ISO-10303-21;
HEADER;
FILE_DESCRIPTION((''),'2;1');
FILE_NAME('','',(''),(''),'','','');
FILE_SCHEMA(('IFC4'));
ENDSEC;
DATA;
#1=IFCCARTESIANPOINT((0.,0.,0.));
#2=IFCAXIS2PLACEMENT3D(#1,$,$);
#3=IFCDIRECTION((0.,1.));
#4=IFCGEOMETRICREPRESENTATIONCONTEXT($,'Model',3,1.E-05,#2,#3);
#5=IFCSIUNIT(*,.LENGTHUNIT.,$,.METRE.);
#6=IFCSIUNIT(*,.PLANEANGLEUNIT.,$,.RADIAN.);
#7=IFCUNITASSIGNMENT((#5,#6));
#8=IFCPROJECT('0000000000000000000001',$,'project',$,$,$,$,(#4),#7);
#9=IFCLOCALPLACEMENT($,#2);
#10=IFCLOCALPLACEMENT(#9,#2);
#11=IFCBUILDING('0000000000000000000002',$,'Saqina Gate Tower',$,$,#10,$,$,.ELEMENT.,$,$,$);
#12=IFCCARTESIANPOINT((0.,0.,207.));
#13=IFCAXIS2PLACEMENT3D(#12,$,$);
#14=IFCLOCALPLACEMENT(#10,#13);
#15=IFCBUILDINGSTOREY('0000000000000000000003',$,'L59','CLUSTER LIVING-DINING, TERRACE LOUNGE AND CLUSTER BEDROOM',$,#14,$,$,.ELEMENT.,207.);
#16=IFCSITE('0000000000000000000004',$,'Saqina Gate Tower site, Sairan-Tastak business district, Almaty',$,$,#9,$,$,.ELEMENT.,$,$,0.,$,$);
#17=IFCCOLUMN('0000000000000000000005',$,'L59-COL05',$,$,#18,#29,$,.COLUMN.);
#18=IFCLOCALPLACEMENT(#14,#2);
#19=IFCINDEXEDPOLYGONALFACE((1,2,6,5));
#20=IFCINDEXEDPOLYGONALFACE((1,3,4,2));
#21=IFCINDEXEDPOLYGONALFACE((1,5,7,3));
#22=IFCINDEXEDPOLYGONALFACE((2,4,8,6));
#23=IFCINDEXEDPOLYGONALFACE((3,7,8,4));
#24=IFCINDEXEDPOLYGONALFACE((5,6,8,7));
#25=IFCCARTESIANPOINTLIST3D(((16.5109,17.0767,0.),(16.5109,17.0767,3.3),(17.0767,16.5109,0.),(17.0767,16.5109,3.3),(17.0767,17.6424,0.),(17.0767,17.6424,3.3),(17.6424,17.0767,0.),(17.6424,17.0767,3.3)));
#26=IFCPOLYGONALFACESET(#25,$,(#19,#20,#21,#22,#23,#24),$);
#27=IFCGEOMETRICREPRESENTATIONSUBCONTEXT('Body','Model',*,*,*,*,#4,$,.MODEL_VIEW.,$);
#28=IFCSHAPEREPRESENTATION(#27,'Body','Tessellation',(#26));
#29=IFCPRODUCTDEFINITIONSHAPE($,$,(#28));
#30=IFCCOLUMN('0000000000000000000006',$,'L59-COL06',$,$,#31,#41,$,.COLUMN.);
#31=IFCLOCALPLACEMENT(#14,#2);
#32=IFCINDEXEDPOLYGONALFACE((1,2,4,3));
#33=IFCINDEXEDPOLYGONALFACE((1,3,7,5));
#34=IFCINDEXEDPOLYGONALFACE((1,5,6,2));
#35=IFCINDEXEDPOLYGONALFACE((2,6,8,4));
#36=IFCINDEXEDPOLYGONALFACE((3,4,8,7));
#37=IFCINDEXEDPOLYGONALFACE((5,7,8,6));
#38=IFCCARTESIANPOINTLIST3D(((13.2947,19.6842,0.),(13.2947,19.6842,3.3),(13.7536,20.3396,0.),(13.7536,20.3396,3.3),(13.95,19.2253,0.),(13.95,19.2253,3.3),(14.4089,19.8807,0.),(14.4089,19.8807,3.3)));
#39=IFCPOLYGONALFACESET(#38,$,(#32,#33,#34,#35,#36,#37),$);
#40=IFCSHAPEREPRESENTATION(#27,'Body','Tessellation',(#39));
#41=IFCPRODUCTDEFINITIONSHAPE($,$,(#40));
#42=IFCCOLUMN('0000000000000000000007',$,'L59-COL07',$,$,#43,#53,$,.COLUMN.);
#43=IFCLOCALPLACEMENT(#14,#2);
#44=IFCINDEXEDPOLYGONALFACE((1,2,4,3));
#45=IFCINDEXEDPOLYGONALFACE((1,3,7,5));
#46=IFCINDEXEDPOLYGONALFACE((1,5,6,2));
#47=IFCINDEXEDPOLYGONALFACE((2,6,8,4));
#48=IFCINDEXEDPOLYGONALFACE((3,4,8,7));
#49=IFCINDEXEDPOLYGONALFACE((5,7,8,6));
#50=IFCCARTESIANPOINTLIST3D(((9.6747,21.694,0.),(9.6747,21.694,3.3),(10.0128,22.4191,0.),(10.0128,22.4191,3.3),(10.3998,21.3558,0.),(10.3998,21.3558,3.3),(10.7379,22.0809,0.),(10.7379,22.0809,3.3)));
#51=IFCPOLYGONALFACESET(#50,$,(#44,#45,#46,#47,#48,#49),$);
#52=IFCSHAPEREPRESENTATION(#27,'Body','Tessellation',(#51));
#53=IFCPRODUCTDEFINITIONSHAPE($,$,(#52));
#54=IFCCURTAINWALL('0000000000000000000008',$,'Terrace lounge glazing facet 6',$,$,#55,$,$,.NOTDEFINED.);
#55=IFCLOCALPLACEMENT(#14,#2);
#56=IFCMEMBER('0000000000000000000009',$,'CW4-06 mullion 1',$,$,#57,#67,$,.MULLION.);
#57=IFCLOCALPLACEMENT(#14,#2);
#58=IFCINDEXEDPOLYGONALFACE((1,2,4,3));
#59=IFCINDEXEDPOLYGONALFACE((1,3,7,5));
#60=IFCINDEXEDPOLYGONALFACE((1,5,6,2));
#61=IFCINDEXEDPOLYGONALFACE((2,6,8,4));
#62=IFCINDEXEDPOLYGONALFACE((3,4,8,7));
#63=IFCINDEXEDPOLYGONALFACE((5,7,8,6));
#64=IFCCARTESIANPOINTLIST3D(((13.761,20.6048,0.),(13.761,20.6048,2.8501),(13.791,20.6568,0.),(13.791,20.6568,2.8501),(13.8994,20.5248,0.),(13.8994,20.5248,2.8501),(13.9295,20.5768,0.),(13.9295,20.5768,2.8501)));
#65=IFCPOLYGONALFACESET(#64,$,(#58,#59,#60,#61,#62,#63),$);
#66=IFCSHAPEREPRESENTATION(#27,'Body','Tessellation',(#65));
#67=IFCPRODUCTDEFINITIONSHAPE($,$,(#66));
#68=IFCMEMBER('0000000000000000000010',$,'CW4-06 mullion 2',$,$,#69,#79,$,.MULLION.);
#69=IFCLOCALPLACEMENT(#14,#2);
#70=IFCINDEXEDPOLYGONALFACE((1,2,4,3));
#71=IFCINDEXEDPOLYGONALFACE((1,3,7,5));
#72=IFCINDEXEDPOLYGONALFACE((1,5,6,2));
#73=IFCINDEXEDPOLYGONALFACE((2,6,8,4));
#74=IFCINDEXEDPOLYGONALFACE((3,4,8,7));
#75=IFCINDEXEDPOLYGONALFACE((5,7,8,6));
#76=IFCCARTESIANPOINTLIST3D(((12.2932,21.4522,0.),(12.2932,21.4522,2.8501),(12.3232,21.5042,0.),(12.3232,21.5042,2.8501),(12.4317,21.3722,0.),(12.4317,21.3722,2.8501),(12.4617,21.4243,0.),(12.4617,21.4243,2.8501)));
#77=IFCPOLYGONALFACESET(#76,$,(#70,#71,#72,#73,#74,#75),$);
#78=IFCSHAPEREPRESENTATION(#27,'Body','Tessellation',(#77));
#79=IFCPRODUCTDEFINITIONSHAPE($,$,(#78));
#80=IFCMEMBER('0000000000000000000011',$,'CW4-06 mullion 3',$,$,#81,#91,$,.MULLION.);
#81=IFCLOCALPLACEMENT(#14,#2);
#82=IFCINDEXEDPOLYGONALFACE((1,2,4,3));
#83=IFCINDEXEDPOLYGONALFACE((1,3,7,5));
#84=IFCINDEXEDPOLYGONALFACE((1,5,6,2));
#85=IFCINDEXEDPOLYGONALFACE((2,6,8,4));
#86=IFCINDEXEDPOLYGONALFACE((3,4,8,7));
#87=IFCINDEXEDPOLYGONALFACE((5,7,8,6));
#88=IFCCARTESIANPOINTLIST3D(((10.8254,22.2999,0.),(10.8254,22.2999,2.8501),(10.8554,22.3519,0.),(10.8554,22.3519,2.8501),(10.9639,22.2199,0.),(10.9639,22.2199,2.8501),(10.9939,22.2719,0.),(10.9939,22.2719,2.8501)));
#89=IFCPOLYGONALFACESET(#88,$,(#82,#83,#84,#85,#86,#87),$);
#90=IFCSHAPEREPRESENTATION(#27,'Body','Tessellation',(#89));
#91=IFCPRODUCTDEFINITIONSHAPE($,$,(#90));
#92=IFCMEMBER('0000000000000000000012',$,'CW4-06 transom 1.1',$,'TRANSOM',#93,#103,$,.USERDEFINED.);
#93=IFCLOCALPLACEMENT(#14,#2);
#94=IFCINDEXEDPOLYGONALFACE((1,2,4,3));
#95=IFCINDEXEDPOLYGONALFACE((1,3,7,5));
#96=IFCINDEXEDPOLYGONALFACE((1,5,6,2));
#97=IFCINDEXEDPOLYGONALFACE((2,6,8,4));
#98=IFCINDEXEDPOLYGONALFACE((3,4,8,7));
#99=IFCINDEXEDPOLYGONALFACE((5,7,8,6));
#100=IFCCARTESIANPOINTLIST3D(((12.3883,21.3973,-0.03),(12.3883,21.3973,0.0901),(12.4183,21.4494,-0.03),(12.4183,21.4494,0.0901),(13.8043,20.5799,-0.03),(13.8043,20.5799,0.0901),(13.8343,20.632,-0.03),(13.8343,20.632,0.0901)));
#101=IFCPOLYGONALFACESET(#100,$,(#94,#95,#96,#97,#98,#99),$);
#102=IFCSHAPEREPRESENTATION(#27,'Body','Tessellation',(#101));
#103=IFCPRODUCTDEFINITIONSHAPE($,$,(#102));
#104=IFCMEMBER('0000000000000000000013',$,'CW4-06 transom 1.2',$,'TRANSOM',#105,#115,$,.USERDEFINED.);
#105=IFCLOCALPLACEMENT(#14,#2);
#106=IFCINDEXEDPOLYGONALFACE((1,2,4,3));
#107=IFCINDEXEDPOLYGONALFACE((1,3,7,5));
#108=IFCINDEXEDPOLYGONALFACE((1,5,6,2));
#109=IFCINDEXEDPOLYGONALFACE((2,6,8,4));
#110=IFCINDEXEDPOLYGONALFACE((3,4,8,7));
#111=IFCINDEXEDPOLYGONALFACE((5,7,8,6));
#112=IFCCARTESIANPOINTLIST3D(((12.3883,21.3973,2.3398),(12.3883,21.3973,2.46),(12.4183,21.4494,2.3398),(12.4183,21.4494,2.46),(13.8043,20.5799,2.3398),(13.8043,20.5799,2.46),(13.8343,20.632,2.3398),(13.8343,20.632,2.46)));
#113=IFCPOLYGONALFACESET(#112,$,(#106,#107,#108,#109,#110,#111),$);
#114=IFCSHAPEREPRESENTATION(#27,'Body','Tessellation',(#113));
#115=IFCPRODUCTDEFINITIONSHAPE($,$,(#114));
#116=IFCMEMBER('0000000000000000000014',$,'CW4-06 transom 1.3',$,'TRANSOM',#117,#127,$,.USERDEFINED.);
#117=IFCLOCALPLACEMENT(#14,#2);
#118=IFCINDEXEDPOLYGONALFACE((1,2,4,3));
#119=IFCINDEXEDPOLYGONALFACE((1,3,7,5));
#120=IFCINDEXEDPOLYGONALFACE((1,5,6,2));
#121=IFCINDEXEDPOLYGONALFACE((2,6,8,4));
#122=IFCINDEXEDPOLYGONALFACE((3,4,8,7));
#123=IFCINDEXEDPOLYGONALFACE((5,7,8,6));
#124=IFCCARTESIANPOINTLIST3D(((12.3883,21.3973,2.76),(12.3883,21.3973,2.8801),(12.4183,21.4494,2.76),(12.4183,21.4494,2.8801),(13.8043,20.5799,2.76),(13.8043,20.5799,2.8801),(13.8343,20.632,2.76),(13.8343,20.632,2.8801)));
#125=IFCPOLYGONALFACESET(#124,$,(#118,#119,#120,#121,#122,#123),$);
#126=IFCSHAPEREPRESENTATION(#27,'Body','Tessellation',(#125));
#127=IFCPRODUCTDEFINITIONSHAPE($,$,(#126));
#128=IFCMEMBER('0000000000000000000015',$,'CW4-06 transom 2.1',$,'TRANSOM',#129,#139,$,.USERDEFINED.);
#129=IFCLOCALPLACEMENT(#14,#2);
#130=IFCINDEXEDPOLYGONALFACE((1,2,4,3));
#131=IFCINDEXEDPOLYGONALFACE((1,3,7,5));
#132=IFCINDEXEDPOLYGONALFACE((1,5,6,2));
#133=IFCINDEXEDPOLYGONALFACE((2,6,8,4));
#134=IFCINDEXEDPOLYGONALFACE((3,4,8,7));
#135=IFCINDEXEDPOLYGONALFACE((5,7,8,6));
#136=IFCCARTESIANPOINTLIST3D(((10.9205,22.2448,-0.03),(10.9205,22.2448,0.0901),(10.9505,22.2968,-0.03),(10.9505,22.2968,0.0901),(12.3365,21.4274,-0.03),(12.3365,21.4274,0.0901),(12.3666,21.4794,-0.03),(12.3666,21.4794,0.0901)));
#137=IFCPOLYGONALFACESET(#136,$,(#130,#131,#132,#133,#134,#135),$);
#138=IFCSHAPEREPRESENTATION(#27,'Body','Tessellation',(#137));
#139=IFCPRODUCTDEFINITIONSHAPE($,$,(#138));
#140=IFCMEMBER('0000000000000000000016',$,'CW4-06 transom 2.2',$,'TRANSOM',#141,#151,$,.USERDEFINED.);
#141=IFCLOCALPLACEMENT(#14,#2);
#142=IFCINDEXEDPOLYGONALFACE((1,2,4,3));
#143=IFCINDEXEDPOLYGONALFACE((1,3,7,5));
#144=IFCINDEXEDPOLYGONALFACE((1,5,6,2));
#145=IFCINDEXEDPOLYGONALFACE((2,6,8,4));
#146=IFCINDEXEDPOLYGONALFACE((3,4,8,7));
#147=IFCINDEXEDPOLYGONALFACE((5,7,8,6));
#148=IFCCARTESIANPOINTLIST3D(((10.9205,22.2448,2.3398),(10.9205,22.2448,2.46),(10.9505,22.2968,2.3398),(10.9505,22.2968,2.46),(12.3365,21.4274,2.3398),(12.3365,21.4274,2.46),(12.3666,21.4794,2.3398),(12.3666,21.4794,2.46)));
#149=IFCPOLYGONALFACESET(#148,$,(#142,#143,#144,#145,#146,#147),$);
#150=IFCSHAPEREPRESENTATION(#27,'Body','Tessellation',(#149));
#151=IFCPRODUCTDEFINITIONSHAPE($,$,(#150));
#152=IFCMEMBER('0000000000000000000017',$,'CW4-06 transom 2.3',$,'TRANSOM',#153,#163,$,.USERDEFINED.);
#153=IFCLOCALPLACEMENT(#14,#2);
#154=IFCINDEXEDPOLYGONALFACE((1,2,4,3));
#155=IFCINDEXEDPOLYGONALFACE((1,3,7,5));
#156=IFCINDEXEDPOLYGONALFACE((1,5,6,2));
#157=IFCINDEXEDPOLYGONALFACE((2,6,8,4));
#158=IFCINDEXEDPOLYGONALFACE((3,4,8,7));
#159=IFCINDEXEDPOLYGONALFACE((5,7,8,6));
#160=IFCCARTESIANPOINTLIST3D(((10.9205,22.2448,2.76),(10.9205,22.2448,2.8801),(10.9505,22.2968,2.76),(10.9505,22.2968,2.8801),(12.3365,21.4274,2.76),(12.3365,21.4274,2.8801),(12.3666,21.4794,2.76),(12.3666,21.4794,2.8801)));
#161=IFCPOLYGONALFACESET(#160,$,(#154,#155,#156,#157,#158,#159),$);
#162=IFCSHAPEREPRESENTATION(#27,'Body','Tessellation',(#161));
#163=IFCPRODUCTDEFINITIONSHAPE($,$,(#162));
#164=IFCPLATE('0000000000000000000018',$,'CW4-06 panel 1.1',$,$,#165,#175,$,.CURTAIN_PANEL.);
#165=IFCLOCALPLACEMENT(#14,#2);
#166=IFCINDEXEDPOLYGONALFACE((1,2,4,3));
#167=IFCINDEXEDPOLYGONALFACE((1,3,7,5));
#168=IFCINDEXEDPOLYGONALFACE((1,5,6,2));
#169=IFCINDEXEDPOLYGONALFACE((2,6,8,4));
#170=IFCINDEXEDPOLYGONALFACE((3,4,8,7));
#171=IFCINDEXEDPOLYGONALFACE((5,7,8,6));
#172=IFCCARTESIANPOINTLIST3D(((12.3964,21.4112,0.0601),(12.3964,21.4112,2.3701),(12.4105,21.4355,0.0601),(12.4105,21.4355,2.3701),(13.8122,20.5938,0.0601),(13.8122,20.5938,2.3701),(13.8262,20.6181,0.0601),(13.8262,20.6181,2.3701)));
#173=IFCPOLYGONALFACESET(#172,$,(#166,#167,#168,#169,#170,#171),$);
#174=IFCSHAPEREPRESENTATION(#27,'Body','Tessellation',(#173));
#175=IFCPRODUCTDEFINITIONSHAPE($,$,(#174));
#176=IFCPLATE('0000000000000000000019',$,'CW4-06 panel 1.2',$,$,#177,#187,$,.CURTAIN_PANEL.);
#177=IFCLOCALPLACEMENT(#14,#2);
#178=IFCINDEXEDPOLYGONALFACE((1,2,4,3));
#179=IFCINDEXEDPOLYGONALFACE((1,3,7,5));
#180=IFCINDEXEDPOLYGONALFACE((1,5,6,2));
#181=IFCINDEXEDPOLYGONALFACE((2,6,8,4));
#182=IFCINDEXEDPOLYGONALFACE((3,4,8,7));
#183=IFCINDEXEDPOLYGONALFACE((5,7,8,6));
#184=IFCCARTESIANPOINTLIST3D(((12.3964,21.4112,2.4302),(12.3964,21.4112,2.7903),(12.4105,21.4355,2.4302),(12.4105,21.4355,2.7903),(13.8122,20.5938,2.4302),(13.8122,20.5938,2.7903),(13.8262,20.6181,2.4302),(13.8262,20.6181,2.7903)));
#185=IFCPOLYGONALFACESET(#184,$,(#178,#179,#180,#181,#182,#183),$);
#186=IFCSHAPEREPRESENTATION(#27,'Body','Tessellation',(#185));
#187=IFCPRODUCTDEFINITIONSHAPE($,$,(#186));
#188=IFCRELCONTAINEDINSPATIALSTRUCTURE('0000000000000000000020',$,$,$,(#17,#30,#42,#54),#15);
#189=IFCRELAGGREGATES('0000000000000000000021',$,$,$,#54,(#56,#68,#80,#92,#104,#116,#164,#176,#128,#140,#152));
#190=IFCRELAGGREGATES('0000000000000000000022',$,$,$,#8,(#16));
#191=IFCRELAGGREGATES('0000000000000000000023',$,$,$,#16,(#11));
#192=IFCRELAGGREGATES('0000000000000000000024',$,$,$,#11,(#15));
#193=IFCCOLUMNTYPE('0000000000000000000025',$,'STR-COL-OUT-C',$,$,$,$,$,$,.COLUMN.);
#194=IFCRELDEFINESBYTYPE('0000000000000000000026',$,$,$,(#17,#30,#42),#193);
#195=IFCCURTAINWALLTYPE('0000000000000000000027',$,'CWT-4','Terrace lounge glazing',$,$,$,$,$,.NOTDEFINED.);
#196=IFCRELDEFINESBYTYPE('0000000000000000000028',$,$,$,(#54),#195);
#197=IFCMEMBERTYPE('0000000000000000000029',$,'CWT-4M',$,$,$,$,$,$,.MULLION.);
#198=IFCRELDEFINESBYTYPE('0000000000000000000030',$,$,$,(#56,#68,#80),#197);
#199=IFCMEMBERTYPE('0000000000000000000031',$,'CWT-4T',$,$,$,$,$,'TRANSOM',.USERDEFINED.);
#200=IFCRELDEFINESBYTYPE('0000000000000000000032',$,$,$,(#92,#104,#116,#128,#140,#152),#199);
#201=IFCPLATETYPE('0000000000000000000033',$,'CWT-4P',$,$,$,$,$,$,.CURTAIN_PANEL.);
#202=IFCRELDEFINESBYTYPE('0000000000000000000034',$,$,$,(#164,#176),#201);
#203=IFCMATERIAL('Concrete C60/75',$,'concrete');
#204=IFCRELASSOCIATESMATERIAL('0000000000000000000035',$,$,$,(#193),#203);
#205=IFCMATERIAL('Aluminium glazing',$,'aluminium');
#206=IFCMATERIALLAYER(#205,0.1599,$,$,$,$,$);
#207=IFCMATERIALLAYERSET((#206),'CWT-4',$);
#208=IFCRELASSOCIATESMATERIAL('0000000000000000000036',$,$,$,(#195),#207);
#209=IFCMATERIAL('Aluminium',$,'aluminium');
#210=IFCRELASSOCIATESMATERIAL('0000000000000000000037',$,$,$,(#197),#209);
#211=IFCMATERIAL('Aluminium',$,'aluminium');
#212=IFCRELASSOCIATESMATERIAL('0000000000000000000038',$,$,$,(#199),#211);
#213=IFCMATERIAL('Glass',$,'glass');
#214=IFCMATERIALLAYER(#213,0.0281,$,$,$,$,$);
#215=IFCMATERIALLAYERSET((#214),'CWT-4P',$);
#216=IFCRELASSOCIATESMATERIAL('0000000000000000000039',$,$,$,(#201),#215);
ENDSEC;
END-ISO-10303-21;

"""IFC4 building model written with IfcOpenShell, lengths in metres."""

from ifc_helpers import new_model, si_unit, direction, frame, origin, origin_2d, place, context, subcontext, project, spatial, rectangle, extrude, material, layer, layer_set, material_profile, profile_set, type_object, element, aggregate, save


model = new_model("IFC4")

# Units and contexts
model_context = context("Model", 3, precision=1e-05, world=origin(), true_north=direction((0.0, 1.0)))
body_context = subcontext(model_context, "Body", "Model", "MODEL_VIEW")
ifc_project = project(units=[si_unit("LENGTHUNIT", "METRE"), si_unit("PLANEANGLEUNIT", "RADIAN")], contexts=[model_context])

# Site, building, storey
site_placement = place(None, origin())
site = spatial("IfcSite", under=ifc_project, at=site_placement, Name="Saqina Gate Tower site, Sairan-Tastak business district, Almaty", CompositionType="ELEMENT", RefElevation=0.0)
building_placement = place(site_placement, origin())
building = spatial("IfcBuilding", under=site, at=building_placement, Name="Saqina Gate Tower", CompositionType="ELEMENT")
storey_placement = place(building_placement, frame((0.0, 0.0, 207.0)))
storey = spatial("IfcBuildingStorey", under=building, at=storey_placement, Name="L59", Description="CLUSTER LIVING-DINING, TERRACE LOUNGE AND CLUSTER BEDROOM", CompositionType="ELEMENT", Elevation=207.0)

# Columns
ifc_material_1 = material(Name="Concrete C60/75", Category="concrete")
ifc_material_profile_1 = material_profile(ifc_material_1, rectangle(XDim=0.8, YDim=0.8, at=origin_2d()), Name="RC 800x800")
ifc_profile_set_1 = profile_set([ifc_material_profile_1], Name="Concrete C60/75")
column_type = type_object("IfcColumnType", Name="STR-COL-OUT-C", PredefinedType="COLUMN", material=ifc_profile_set_1)
for number, where, z_axis, x_axis, name in (
    (1, (17.0767, 17.0767, 0.0), (0.0, 0.0, 1.0), (0.707107, 0.707107, 0.0), "L59-COL05"),
    (2, (13.8518, 19.7825, 0.0), (0.0, 0.0, 1.0), (0.573576, 0.819152, 0.0), "L59-COL06"),
    (3, (10.2063, 21.8875, 0.0), (0.0, 0.0, 1.0), (0.422618, 0.906308, 0.0), "L59-COL07"),
):
    element("IfcColumn", number, at=place(storey_placement, frame(where, z_axis=z_axis, x_axis=x_axis)), inside=storey, type_object=column_type, Name=name, PredefinedType="COLUMN", context=body_context, shape_type="SweptSolid", body=[
        extrude(rectangle(XDim=0.8, YDim=0.8, at=origin_2d()), origin(), (0.0, 0.0, 1.0), 3.3),
    ])

# Curtain wall, members, plates
ifc_material_2 = material(Name="Aluminium glazing", Category="aluminium")
ifc_layer_1 = layer(ifc_material_2, 0.1599)
ifc_layer_set_1 = layer_set([ifc_layer_1], Name="CWT-4")
curtain_wall_type = type_object("IfcCurtainWallType", Name="CWT-4", Description="Terrace lounge glazing", PredefinedType="NOTDEFINED", material=ifc_layer_set_1)
curtain_wall_placement = place(storey_placement, origin())
curtain_wall = element("IfcCurtainWall", 4, at=curtain_wall_placement, inside=storey, type_object=curtain_wall_type, Name="Terrace lounge glazing facet 6", PredefinedType="NOTDEFINED")
ifc_material_3 = material(Name="Aluminium", Category="aluminium")
ifc_material_profile_2 = material_profile(ifc_material_3, rectangle(XDim=0.0601, YDim=0.1599, at=origin_2d()), Name="Aluminium 60x160")
ifc_profile_set_2 = profile_set([ifc_material_profile_2], Name="Aluminium")
member_type_1 = type_object("IfcMemberType", Name="CWT-4M", PredefinedType="MULLION", material=ifc_profile_set_2)
member_1_placement = place(storey_placement, frame((13.8452, 20.5908, 0.0), z_axis=(0.0, 0.0, 1.0), x_axis=(-0.500014, -0.866017, 0.0)))
member_1 = element("IfcMember", 5, at=member_1_placement, type_object=member_type_1, Name="CW4-06 mullion 1", PredefinedType="MULLION", context=body_context, shape_type="SweptSolid", body=[
    extrude(rectangle(XDim=0.0601, YDim=0.1599, at=origin_2d()), origin(), (0.0, 0.0, 1.0), 2.8501),
])
member_2_placement = place(storey_placement, frame((12.3774, 21.4382, 0.0), z_axis=(0.0, 0.0, 1.0), x_axis=(-0.500014, -0.866017, 0.0)))
member_2 = element("IfcMember", 6, at=member_2_placement, type_object=member_type_1, Name="CW4-06 mullion 2", PredefinedType="MULLION", context=body_context, shape_type="SweptSolid", body=[
    extrude(rectangle(XDim=0.0601, YDim=0.1599, at=origin_2d()), origin(), (0.0, 0.0, 1.0), 2.8501),
])
member_3_placement = place(storey_placement, frame((10.9097, 22.2859, 0.0), z_axis=(0.0, 0.0, 1.0), x_axis=(-0.500014, -0.866017, 0.0)))
member_3 = element("IfcMember", 7, at=member_3_placement, type_object=member_type_1, Name="CW4-06 mullion 3", PredefinedType="MULLION", context=body_context, shape_type="SweptSolid", body=[
    extrude(rectangle(XDim=0.0601, YDim=0.1599, at=origin_2d()), origin(), (0.0, 0.0, 1.0), 2.8501),
])
ifc_material_4 = material(Name="Aluminium", Category="aluminium")
ifc_material_profile_3 = material_profile(ifc_material_4, rectangle(XDim=0.0601, YDim=0.1201, at=origin_2d()), Name="Aluminium 60x120")
ifc_profile_set_3 = profile_set([ifc_material_profile_3], Name="Aluminium")
member_type_2 = type_object("IfcMemberType", Name="CWT-4T", ElementType="TRANSOM", PredefinedType="USERDEFINED", material=ifc_profile_set_3)
member_4_placement = place(storey_placement, frame((13.8193, 20.606, 0.03), z_axis=(-0.866066, 0.499929, 0.0), x_axis=(-0.499929, -0.866066, 0.0)))
member_4 = element("IfcMember", 8, at=member_4_placement, type_object=member_type_2, Name="CW4-06 transom 1.1", ObjectType="TRANSOM", PredefinedType="USERDEFINED", context=body_context, shape_type="SweptSolid", body=[
    extrude(rectangle(XDim=0.0601, YDim=0.1201, at=origin_2d()), origin(), (0.0, 0.0, 1.0), 1.635),
])
member_5_placement = place(storey_placement, frame((13.8193, 20.606, 2.3999), z_axis=(-0.866066, 0.499929, 0.0), x_axis=(-0.499929, -0.866066, 0.0)))
member_5 = element("IfcMember", 9, at=member_5_placement, type_object=member_type_2, Name="CW4-06 transom 1.2", ObjectType="TRANSOM", PredefinedType="USERDEFINED", context=body_context, shape_type="SweptSolid", body=[
    extrude(rectangle(XDim=0.0601, YDim=0.1201, at=origin_2d()), origin(), (0.0, 0.0, 1.0), 1.635),
])
member_6_placement = place(storey_placement, frame((13.8193, 20.606, 2.8201), z_axis=(-0.866066, 0.499929, 0.0), x_axis=(-0.499929, -0.866066, 0.0)))
member_6 = element("IfcMember", 10, at=member_6_placement, type_object=member_type_2, Name="CW4-06 transom 1.3", ObjectType="TRANSOM", PredefinedType="USERDEFINED", context=body_context, shape_type="SweptSolid", body=[
    extrude(rectangle(XDim=0.0601, YDim=0.1201, at=origin_2d()), origin(), (0.0, 0.0, 1.0), 1.635),
])
member_7_placement = place(storey_placement, frame((12.3516, 21.4534, 0.03), z_axis=(-0.866066, 0.499929, 0.0), x_axis=(-0.499929, -0.866066, 0.0)))
member_7 = element("IfcMember", 11, at=member_7_placement, type_object=member_type_2, Name="CW4-06 transom 2.1", ObjectType="TRANSOM", PredefinedType="USERDEFINED", context=body_context, shape_type="SweptSolid", body=[
    extrude(rectangle(XDim=0.0601, YDim=0.1201, at=origin_2d()), origin(), (0.0, 0.0, 1.0), 1.635),
])
member_8_placement = place(storey_placement, frame((12.3516, 21.4534, 2.3999), z_axis=(-0.866066, 0.499929, 0.0), x_axis=(-0.499929, -0.866066, 0.0)))
member_8 = element("IfcMember", 12, at=member_8_placement, type_object=member_type_2, Name="CW4-06 transom 2.2", ObjectType="TRANSOM", PredefinedType="USERDEFINED", context=body_context, shape_type="SweptSolid", body=[
    extrude(rectangle(XDim=0.0601, YDim=0.1201, at=origin_2d()), origin(), (0.0, 0.0, 1.0), 1.635),
])
member_9_placement = place(storey_placement, frame((12.3516, 21.4534, 2.8201), z_axis=(-0.866066, 0.499929, 0.0), x_axis=(-0.499929, -0.866066, 0.0)))
member_9 = element("IfcMember", 13, at=member_9_placement, type_object=member_type_2, Name="CW4-06 transom 2.3", ObjectType="TRANSOM", PredefinedType="USERDEFINED", context=body_context, shape_type="SweptSolid", body=[
    extrude(rectangle(XDim=0.0601, YDim=0.1201, at=origin_2d()), origin(), (0.0, 0.0, 1.0), 1.635),
])
ifc_material_5 = material(Name="Glass", Category="glass")
ifc_layer_2 = layer(ifc_material_5, 0.0281)
ifc_layer_set_2 = layer_set([ifc_layer_2], Name="CWT-4P")
plate_type = type_object("IfcPlateType", Name="CWT-4P", PredefinedType="CURTAIN_PANEL", material=ifc_layer_set_2)
plate_1_placement = place(storey_placement, frame((13.1113, 21.0146, 0.0601), z_axis=(0.0, 0.0, 1.0), x_axis=(-0.866017, 0.500014, 0.0)))
plate_1 = element("IfcPlate", 14, at=plate_1_placement, type_object=plate_type, Name="CW4-06 panel 1.1", PredefinedType="CURTAIN_PANEL", context=body_context, shape_type="SweptSolid", body=[
    extrude(rectangle(XDim=1.6348, YDim=0.0281, at=origin_2d()), origin(), (0.0, 0.0, 1.0), 2.3101),
])
plate_2_placement = place(storey_placement, frame((13.1113, 21.0146, 2.4302), z_axis=(0.0, 0.0, 1.0), x_axis=(-0.866017, 0.500014, 0.0)))
plate_2 = element("IfcPlate", 15, at=plate_2_placement, type_object=plate_type, Name="CW4-06 panel 1.2", PredefinedType="CURTAIN_PANEL", context=body_context, shape_type="SweptSolid", body=[
    extrude(rectangle(XDim=1.6348, YDim=0.0281, at=origin_2d()), origin(), (0.0, 0.0, 1.0), 0.3601),
])
aggregate(curtain_wall, [member_1, member_2, member_3, member_4, member_5, member_6, plate_1, plate_2, member_7, member_8, member_9])

save(model, "model.ifc")
